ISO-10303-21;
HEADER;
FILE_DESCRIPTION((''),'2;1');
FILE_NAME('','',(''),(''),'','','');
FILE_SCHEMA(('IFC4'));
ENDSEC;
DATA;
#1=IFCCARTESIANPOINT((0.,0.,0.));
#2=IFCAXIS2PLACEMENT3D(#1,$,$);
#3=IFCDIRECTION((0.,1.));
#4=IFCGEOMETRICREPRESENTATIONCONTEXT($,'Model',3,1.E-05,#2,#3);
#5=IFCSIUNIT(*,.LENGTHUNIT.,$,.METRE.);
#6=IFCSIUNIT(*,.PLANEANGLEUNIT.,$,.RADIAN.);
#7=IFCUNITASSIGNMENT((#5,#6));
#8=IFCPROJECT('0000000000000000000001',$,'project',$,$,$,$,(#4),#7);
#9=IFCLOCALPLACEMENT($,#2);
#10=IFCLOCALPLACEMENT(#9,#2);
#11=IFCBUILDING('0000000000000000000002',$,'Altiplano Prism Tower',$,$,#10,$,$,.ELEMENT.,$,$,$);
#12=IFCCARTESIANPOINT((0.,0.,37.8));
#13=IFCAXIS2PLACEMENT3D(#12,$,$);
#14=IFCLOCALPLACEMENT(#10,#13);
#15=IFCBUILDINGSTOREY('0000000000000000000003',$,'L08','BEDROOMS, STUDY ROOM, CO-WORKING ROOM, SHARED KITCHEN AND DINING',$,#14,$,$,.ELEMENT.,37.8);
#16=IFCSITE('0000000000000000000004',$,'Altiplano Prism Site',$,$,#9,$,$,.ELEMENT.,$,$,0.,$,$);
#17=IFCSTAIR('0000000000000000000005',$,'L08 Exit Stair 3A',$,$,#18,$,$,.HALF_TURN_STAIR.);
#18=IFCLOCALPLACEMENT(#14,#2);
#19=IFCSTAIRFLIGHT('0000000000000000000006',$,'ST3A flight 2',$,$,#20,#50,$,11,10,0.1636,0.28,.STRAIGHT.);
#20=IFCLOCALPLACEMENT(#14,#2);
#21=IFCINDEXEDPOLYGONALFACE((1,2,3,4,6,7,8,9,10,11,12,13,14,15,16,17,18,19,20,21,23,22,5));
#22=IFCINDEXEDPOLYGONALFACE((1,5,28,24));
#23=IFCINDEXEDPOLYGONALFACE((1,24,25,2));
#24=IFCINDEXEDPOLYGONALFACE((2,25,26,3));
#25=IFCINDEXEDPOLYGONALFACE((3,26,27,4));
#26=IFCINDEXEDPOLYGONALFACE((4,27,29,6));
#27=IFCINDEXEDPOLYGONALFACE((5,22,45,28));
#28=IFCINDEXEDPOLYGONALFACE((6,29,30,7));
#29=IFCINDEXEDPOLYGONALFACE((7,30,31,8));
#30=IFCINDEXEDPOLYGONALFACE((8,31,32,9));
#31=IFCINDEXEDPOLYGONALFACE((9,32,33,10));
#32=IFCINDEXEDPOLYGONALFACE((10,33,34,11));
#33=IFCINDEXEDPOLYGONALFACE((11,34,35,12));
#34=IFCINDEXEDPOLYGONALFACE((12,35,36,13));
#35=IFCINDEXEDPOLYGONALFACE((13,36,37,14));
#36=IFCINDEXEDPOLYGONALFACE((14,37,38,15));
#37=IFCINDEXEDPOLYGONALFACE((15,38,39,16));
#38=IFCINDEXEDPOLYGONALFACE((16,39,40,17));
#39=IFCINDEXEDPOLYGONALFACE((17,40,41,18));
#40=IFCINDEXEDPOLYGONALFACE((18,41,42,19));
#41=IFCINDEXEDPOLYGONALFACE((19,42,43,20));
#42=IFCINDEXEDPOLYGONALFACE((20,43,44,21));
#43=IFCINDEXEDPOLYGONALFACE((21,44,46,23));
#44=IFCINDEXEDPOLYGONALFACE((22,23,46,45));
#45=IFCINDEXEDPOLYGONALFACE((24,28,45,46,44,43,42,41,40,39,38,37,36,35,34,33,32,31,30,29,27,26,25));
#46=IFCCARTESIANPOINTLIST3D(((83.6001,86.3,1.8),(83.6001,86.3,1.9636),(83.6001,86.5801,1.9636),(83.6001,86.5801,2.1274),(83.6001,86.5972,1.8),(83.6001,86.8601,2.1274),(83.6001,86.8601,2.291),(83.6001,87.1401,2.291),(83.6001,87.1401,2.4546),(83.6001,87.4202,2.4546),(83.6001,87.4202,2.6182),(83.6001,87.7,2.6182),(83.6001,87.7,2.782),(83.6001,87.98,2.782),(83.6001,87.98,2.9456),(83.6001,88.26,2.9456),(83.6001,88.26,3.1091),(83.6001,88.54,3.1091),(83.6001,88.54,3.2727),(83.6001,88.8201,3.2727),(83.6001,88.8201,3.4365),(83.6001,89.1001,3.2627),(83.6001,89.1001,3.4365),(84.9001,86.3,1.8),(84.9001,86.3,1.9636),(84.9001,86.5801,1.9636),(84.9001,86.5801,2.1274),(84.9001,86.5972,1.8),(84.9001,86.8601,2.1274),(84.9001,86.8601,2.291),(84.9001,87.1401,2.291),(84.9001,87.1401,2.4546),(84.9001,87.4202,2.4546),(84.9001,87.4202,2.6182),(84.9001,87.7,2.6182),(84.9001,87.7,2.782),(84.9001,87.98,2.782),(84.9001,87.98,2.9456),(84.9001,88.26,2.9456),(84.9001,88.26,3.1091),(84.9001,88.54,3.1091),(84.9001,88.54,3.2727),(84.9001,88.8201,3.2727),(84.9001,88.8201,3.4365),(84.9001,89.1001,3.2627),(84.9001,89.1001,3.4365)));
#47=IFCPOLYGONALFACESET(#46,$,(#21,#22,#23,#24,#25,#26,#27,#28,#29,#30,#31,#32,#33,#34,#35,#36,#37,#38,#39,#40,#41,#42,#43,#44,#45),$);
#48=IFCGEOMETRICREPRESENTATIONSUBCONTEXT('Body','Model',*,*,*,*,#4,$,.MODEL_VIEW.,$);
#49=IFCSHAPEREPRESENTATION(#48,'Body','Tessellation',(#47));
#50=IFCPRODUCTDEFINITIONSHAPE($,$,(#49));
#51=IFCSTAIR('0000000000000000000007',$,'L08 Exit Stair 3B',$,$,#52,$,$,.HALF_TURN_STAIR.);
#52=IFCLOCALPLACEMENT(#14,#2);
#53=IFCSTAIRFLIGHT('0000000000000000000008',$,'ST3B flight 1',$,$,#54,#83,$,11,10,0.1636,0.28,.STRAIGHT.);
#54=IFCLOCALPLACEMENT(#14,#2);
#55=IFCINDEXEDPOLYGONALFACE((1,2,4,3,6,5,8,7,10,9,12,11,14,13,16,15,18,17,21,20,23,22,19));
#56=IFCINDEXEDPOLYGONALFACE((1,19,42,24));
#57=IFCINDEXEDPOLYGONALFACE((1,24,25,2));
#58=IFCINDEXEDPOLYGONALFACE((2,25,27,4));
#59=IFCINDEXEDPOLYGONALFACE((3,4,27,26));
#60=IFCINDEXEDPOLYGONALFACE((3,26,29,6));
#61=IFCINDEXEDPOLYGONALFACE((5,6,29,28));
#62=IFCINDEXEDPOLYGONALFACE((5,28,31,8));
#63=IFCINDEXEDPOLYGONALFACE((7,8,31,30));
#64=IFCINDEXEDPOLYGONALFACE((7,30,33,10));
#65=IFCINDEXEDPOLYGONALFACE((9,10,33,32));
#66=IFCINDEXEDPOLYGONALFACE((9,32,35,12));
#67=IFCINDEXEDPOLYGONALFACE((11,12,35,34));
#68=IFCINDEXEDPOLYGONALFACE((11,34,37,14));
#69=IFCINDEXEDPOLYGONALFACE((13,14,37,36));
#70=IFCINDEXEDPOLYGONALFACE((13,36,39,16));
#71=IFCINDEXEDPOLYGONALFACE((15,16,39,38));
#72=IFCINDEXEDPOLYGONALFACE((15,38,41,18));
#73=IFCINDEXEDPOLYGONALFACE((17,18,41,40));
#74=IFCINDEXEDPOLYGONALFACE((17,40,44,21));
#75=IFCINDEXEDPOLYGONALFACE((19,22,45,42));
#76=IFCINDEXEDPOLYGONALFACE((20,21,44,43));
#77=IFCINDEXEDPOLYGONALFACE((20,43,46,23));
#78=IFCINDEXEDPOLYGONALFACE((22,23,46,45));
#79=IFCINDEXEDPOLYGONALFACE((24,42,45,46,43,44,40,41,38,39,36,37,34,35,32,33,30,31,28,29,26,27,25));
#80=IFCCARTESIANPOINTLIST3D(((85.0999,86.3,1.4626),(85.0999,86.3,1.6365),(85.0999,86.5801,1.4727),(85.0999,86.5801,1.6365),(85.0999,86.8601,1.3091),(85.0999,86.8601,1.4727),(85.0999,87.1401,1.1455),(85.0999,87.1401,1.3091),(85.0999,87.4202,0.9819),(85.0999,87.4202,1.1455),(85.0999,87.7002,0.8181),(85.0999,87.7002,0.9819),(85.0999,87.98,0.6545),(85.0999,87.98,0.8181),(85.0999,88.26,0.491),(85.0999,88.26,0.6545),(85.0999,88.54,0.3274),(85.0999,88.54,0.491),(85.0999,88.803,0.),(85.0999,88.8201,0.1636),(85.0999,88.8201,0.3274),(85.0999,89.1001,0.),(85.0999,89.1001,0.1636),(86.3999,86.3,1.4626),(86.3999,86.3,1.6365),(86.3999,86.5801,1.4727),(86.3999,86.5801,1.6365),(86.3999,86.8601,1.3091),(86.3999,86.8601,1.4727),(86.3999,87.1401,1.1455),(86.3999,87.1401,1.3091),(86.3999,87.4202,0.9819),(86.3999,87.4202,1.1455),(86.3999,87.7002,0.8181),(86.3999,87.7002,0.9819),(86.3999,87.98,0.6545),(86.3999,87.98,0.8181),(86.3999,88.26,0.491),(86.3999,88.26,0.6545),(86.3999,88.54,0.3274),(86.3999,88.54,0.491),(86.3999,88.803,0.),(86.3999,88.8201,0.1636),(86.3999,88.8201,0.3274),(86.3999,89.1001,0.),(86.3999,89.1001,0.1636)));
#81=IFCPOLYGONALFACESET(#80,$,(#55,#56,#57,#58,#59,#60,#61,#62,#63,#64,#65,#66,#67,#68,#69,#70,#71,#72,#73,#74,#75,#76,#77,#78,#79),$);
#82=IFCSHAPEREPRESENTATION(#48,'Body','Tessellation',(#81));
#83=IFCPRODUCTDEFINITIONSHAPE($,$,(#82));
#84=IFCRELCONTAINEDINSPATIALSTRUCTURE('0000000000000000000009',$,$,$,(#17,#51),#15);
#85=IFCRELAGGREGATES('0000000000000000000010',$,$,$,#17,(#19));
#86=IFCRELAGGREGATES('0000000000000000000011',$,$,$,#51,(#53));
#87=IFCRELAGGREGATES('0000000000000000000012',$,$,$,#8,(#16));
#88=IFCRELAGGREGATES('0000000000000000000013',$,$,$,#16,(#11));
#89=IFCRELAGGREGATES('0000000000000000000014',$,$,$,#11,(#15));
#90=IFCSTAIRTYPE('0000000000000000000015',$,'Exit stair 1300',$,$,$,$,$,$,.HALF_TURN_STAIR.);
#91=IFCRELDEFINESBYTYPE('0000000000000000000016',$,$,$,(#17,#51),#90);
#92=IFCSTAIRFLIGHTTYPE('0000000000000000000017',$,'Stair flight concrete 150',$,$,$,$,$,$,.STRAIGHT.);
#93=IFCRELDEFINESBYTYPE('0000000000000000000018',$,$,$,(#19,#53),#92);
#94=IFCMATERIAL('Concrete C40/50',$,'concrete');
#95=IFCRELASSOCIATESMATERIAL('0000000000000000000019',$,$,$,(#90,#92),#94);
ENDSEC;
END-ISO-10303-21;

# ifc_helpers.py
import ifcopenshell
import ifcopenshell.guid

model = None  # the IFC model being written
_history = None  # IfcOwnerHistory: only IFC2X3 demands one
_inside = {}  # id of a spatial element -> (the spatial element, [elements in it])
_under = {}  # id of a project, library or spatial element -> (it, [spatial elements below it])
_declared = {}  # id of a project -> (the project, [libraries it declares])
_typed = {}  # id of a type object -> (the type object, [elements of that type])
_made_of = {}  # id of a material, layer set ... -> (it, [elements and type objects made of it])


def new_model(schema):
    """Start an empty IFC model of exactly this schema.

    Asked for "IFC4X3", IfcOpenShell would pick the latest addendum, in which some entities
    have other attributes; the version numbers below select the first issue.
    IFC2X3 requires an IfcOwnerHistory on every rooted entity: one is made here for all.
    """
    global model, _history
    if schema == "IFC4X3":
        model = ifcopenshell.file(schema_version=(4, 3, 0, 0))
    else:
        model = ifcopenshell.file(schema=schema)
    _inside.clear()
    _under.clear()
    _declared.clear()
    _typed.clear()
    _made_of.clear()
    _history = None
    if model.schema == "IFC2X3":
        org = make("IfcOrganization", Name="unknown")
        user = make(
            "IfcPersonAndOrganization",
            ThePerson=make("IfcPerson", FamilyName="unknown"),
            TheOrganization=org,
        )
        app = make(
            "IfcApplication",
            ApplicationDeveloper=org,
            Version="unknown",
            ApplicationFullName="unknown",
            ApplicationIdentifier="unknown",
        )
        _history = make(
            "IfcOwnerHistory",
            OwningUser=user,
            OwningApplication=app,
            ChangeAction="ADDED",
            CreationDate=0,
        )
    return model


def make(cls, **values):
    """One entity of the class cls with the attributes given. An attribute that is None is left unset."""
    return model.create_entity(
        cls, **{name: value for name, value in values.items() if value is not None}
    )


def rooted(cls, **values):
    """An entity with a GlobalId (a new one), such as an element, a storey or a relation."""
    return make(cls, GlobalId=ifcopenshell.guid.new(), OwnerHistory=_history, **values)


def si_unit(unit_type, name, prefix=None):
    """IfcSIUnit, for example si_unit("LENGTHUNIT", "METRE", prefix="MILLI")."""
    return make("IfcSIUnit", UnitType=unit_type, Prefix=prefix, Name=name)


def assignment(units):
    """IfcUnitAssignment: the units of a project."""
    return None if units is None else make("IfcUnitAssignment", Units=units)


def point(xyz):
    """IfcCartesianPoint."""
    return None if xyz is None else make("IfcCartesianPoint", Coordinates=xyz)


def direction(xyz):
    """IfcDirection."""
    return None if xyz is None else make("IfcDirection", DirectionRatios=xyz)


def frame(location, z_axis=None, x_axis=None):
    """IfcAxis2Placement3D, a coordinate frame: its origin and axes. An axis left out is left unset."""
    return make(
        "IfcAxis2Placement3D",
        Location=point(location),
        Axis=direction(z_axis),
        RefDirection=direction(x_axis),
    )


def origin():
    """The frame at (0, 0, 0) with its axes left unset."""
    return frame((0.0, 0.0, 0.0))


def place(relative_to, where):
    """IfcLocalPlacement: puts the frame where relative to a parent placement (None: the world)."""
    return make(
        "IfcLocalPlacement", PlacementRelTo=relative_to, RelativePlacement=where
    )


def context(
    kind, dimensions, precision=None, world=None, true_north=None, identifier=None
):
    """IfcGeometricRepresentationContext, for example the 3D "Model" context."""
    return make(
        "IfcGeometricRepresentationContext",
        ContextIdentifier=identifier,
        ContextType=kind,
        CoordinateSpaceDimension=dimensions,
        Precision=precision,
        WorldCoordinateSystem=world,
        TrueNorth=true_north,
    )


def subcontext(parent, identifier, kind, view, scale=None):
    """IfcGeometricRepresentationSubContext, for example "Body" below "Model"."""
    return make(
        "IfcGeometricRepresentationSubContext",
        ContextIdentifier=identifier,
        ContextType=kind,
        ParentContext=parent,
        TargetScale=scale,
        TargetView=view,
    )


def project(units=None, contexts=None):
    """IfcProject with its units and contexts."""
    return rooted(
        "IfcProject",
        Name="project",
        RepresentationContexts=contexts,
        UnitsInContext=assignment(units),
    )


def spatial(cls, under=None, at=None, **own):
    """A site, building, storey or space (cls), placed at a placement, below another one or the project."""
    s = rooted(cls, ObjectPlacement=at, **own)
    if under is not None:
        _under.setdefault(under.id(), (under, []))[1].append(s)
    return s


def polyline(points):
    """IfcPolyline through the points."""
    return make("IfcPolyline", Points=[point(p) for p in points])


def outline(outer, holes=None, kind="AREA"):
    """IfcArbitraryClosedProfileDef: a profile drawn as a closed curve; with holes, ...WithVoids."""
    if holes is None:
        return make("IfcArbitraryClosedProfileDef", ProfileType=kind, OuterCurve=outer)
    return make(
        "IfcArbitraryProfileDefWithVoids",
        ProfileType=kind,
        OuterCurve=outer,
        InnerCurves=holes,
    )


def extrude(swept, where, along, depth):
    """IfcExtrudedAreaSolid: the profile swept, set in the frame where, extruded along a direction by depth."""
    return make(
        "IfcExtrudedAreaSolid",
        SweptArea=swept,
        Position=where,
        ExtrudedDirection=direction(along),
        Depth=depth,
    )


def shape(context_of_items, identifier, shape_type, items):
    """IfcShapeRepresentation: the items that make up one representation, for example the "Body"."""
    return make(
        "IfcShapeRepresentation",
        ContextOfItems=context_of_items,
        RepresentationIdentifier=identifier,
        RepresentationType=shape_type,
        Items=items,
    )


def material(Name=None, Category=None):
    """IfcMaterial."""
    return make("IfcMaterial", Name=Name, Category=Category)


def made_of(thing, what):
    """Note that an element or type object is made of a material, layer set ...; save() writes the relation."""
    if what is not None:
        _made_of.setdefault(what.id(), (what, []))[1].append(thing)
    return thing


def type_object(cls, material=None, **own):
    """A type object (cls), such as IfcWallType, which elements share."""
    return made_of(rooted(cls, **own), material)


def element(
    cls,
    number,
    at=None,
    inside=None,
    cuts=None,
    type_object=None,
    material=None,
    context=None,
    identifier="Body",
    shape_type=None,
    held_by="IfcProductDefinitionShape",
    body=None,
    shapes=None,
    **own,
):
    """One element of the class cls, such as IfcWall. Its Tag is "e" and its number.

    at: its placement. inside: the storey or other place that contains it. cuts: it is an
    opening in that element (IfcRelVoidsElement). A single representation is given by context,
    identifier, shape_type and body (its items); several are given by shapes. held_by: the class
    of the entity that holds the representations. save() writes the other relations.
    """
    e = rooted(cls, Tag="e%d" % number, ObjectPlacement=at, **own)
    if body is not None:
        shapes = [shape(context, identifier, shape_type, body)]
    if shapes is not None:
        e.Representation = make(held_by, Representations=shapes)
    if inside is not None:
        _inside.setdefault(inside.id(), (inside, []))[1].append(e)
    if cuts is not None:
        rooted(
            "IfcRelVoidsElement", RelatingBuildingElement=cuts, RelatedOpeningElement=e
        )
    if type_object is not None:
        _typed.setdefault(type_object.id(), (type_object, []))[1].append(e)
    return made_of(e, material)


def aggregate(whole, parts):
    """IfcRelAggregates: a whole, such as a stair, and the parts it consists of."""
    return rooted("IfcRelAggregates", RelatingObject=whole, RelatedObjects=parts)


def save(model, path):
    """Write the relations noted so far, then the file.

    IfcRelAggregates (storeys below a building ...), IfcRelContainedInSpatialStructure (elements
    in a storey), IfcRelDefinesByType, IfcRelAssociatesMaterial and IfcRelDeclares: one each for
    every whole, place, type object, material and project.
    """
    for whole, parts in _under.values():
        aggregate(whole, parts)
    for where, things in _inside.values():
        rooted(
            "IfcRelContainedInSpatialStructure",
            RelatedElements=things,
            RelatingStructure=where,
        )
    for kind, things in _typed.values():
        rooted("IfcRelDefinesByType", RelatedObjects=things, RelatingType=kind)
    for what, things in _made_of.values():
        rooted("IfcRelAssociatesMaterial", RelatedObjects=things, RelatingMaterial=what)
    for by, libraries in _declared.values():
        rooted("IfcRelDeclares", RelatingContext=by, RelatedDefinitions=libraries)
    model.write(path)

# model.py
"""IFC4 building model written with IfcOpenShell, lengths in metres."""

from ifc_helpers import new_model, si_unit, direction, frame, origin, place, context, subcontext, project, spatial, polyline, outline, extrude, material, type_object, element, aggregate, save


model = new_model("IFC4")

# Units and contexts
model_context = context("Model", 3, precision=1e-05, world=origin(), true_north=direction((0.0, 1.0)))
body_context = subcontext(model_context, "Body", "Model", "MODEL_VIEW")
ifc_project = project(units=[si_unit("LENGTHUNIT", "METRE"), si_unit("PLANEANGLEUNIT", "RADIAN")], contexts=[model_context])

# Site, building, storey
site_placement = place(None, origin())
site = spatial("IfcSite", under=ifc_project, at=site_placement, Name="Altiplano Prism Site", CompositionType="ELEMENT", RefElevation=0.0)
building_placement = place(site_placement, origin())
building = spatial("IfcBuilding", under=site, at=building_placement, Name="Altiplano Prism Tower", CompositionType="ELEMENT")
storey_placement = place(building_placement, frame((0.0, 0.0, 37.8)))
storey = spatial("IfcBuildingStorey", under=building, at=storey_placement, Name="L08", Description="BEDROOMS, STUDY ROOM, CO-WORKING ROOM, SHARED KITCHEN AND DINING", CompositionType="ELEMENT", Elevation=37.8)

# Stair, stair flight
ifc_material_1 = material(Name="Concrete C40/50", Category="concrete")
stair_type = type_object("IfcStairType", Name="Exit stair 1300", PredefinedType="HALF_TURN_STAIR", material=ifc_material_1)
stair_1_placement = place(storey_placement, origin())
stair_1 = element("IfcStair", 1, at=stair_1_placement, inside=storey, type_object=stair_type, Name="L08 Exit Stair 3A", PredefinedType="HALF_TURN_STAIR")
stair_flight_type = type_object("IfcStairFlightType", Name="Stair flight concrete 150", PredefinedType="STRAIGHT", material=ifc_material_1)
stair_flight_1_placement = place(storey_placement, frame((84.25, 86.3, 1.8), z_axis=(0.0, 0.0, 1.0), x_axis=(0.0, 1.0, 0.0)))
stair_flight_1 = element("IfcStairFlight", 2, at=stair_flight_1_placement, type_object=stair_flight_type, Name="ST3A flight 2", NumberOfRisers=11, NumberOfTreads=10, PredefinedType="STRAIGHT", RiserHeight=0.1636, TreadLength=0.28, context=body_context, shape_type="SweptSolid", body=[
    extrude(outline(polyline([(0.0, 0.0), (0.0, 0.1636), (0.28, 0.1636), (0.28, 0.3274), (0.5601, 0.3274), (0.5601, 0.491), (0.8401, 0.491), (0.8401, 0.6545), (1.1201, 0.6545), (1.1201, 0.8181), (1.3999, 0.8181), (1.3999, 0.9819), (1.6799, 0.9819), (1.6799, 1.1455), (1.96, 1.1455), (1.96, 1.3091), (2.24, 1.3091), (2.24, 1.4727), (2.52, 1.4727), (2.52, 1.6365), (2.8, 1.6365), (2.8, 1.8), (2.8, 1.4626), (0.2971, 0.0), (0.0, 0.0)])), frame((0.0, 0.6499, 0.0), z_axis=(0.0, -1.0, 0.0), x_axis=(1.0, 0.0, 0.0)), (0.0, 0.0, 1.0), 1.3),
])
aggregate(stair_1, [stair_flight_1])

# Stair, stair flight
stair_2_placement = place(storey_placement, origin())
stair_2 = element("IfcStair", 3, at=stair_2_placement, inside=storey, type_object=stair_type, Name="L08 Exit Stair 3B", PredefinedType="HALF_TURN_STAIR")
stair_flight_2_placement = place(storey_placement, frame((85.75, 89.1001, 0.0), z_axis=(0.0, 0.0, 1.0), x_axis=(0.0, -1.0, 0.0)))
stair_flight_2 = element("IfcStairFlight", 4, at=stair_flight_2_placement, type_object=stair_flight_type, Name="ST3B flight 1", NumberOfRisers=11, NumberOfTreads=10, PredefinedType="STRAIGHT", RiserHeight=0.1636, TreadLength=0.28, context=body_context, shape_type="SweptSolid", body=[
    extrude(outline(polyline([(0.0, 0.0), (0.0, 0.1636), (0.28, 0.1636), (0.28, 0.3274), (0.5601, 0.3274), (0.5601, 0.491), (0.8401, 0.491), (0.8401, 0.6545), (1.1201, 0.6545), (1.1201, 0.8181), (1.3999, 0.8181), (1.3999, 0.9819), (1.6799, 0.9819), (1.6799, 1.1455), (1.96, 1.1455), (1.96, 1.3091), (2.24, 1.3091), (2.24, 1.4727), (2.52, 1.4727), (2.52, 1.6365), (2.8, 1.6365), (2.8, 1.8), (2.8, 1.4626), (0.2971, 0.0), (0.0, 0.0)])), frame((0.0, 0.6499, 0.0), z_axis=(0.0, -1.0, 0.0), x_axis=(1.0, 0.0, 0.0)), (0.0, 0.0, 1.0), 1.3),
])
aggregate(stair_2, [stair_flight_2])

save(model, "model.ifc")
